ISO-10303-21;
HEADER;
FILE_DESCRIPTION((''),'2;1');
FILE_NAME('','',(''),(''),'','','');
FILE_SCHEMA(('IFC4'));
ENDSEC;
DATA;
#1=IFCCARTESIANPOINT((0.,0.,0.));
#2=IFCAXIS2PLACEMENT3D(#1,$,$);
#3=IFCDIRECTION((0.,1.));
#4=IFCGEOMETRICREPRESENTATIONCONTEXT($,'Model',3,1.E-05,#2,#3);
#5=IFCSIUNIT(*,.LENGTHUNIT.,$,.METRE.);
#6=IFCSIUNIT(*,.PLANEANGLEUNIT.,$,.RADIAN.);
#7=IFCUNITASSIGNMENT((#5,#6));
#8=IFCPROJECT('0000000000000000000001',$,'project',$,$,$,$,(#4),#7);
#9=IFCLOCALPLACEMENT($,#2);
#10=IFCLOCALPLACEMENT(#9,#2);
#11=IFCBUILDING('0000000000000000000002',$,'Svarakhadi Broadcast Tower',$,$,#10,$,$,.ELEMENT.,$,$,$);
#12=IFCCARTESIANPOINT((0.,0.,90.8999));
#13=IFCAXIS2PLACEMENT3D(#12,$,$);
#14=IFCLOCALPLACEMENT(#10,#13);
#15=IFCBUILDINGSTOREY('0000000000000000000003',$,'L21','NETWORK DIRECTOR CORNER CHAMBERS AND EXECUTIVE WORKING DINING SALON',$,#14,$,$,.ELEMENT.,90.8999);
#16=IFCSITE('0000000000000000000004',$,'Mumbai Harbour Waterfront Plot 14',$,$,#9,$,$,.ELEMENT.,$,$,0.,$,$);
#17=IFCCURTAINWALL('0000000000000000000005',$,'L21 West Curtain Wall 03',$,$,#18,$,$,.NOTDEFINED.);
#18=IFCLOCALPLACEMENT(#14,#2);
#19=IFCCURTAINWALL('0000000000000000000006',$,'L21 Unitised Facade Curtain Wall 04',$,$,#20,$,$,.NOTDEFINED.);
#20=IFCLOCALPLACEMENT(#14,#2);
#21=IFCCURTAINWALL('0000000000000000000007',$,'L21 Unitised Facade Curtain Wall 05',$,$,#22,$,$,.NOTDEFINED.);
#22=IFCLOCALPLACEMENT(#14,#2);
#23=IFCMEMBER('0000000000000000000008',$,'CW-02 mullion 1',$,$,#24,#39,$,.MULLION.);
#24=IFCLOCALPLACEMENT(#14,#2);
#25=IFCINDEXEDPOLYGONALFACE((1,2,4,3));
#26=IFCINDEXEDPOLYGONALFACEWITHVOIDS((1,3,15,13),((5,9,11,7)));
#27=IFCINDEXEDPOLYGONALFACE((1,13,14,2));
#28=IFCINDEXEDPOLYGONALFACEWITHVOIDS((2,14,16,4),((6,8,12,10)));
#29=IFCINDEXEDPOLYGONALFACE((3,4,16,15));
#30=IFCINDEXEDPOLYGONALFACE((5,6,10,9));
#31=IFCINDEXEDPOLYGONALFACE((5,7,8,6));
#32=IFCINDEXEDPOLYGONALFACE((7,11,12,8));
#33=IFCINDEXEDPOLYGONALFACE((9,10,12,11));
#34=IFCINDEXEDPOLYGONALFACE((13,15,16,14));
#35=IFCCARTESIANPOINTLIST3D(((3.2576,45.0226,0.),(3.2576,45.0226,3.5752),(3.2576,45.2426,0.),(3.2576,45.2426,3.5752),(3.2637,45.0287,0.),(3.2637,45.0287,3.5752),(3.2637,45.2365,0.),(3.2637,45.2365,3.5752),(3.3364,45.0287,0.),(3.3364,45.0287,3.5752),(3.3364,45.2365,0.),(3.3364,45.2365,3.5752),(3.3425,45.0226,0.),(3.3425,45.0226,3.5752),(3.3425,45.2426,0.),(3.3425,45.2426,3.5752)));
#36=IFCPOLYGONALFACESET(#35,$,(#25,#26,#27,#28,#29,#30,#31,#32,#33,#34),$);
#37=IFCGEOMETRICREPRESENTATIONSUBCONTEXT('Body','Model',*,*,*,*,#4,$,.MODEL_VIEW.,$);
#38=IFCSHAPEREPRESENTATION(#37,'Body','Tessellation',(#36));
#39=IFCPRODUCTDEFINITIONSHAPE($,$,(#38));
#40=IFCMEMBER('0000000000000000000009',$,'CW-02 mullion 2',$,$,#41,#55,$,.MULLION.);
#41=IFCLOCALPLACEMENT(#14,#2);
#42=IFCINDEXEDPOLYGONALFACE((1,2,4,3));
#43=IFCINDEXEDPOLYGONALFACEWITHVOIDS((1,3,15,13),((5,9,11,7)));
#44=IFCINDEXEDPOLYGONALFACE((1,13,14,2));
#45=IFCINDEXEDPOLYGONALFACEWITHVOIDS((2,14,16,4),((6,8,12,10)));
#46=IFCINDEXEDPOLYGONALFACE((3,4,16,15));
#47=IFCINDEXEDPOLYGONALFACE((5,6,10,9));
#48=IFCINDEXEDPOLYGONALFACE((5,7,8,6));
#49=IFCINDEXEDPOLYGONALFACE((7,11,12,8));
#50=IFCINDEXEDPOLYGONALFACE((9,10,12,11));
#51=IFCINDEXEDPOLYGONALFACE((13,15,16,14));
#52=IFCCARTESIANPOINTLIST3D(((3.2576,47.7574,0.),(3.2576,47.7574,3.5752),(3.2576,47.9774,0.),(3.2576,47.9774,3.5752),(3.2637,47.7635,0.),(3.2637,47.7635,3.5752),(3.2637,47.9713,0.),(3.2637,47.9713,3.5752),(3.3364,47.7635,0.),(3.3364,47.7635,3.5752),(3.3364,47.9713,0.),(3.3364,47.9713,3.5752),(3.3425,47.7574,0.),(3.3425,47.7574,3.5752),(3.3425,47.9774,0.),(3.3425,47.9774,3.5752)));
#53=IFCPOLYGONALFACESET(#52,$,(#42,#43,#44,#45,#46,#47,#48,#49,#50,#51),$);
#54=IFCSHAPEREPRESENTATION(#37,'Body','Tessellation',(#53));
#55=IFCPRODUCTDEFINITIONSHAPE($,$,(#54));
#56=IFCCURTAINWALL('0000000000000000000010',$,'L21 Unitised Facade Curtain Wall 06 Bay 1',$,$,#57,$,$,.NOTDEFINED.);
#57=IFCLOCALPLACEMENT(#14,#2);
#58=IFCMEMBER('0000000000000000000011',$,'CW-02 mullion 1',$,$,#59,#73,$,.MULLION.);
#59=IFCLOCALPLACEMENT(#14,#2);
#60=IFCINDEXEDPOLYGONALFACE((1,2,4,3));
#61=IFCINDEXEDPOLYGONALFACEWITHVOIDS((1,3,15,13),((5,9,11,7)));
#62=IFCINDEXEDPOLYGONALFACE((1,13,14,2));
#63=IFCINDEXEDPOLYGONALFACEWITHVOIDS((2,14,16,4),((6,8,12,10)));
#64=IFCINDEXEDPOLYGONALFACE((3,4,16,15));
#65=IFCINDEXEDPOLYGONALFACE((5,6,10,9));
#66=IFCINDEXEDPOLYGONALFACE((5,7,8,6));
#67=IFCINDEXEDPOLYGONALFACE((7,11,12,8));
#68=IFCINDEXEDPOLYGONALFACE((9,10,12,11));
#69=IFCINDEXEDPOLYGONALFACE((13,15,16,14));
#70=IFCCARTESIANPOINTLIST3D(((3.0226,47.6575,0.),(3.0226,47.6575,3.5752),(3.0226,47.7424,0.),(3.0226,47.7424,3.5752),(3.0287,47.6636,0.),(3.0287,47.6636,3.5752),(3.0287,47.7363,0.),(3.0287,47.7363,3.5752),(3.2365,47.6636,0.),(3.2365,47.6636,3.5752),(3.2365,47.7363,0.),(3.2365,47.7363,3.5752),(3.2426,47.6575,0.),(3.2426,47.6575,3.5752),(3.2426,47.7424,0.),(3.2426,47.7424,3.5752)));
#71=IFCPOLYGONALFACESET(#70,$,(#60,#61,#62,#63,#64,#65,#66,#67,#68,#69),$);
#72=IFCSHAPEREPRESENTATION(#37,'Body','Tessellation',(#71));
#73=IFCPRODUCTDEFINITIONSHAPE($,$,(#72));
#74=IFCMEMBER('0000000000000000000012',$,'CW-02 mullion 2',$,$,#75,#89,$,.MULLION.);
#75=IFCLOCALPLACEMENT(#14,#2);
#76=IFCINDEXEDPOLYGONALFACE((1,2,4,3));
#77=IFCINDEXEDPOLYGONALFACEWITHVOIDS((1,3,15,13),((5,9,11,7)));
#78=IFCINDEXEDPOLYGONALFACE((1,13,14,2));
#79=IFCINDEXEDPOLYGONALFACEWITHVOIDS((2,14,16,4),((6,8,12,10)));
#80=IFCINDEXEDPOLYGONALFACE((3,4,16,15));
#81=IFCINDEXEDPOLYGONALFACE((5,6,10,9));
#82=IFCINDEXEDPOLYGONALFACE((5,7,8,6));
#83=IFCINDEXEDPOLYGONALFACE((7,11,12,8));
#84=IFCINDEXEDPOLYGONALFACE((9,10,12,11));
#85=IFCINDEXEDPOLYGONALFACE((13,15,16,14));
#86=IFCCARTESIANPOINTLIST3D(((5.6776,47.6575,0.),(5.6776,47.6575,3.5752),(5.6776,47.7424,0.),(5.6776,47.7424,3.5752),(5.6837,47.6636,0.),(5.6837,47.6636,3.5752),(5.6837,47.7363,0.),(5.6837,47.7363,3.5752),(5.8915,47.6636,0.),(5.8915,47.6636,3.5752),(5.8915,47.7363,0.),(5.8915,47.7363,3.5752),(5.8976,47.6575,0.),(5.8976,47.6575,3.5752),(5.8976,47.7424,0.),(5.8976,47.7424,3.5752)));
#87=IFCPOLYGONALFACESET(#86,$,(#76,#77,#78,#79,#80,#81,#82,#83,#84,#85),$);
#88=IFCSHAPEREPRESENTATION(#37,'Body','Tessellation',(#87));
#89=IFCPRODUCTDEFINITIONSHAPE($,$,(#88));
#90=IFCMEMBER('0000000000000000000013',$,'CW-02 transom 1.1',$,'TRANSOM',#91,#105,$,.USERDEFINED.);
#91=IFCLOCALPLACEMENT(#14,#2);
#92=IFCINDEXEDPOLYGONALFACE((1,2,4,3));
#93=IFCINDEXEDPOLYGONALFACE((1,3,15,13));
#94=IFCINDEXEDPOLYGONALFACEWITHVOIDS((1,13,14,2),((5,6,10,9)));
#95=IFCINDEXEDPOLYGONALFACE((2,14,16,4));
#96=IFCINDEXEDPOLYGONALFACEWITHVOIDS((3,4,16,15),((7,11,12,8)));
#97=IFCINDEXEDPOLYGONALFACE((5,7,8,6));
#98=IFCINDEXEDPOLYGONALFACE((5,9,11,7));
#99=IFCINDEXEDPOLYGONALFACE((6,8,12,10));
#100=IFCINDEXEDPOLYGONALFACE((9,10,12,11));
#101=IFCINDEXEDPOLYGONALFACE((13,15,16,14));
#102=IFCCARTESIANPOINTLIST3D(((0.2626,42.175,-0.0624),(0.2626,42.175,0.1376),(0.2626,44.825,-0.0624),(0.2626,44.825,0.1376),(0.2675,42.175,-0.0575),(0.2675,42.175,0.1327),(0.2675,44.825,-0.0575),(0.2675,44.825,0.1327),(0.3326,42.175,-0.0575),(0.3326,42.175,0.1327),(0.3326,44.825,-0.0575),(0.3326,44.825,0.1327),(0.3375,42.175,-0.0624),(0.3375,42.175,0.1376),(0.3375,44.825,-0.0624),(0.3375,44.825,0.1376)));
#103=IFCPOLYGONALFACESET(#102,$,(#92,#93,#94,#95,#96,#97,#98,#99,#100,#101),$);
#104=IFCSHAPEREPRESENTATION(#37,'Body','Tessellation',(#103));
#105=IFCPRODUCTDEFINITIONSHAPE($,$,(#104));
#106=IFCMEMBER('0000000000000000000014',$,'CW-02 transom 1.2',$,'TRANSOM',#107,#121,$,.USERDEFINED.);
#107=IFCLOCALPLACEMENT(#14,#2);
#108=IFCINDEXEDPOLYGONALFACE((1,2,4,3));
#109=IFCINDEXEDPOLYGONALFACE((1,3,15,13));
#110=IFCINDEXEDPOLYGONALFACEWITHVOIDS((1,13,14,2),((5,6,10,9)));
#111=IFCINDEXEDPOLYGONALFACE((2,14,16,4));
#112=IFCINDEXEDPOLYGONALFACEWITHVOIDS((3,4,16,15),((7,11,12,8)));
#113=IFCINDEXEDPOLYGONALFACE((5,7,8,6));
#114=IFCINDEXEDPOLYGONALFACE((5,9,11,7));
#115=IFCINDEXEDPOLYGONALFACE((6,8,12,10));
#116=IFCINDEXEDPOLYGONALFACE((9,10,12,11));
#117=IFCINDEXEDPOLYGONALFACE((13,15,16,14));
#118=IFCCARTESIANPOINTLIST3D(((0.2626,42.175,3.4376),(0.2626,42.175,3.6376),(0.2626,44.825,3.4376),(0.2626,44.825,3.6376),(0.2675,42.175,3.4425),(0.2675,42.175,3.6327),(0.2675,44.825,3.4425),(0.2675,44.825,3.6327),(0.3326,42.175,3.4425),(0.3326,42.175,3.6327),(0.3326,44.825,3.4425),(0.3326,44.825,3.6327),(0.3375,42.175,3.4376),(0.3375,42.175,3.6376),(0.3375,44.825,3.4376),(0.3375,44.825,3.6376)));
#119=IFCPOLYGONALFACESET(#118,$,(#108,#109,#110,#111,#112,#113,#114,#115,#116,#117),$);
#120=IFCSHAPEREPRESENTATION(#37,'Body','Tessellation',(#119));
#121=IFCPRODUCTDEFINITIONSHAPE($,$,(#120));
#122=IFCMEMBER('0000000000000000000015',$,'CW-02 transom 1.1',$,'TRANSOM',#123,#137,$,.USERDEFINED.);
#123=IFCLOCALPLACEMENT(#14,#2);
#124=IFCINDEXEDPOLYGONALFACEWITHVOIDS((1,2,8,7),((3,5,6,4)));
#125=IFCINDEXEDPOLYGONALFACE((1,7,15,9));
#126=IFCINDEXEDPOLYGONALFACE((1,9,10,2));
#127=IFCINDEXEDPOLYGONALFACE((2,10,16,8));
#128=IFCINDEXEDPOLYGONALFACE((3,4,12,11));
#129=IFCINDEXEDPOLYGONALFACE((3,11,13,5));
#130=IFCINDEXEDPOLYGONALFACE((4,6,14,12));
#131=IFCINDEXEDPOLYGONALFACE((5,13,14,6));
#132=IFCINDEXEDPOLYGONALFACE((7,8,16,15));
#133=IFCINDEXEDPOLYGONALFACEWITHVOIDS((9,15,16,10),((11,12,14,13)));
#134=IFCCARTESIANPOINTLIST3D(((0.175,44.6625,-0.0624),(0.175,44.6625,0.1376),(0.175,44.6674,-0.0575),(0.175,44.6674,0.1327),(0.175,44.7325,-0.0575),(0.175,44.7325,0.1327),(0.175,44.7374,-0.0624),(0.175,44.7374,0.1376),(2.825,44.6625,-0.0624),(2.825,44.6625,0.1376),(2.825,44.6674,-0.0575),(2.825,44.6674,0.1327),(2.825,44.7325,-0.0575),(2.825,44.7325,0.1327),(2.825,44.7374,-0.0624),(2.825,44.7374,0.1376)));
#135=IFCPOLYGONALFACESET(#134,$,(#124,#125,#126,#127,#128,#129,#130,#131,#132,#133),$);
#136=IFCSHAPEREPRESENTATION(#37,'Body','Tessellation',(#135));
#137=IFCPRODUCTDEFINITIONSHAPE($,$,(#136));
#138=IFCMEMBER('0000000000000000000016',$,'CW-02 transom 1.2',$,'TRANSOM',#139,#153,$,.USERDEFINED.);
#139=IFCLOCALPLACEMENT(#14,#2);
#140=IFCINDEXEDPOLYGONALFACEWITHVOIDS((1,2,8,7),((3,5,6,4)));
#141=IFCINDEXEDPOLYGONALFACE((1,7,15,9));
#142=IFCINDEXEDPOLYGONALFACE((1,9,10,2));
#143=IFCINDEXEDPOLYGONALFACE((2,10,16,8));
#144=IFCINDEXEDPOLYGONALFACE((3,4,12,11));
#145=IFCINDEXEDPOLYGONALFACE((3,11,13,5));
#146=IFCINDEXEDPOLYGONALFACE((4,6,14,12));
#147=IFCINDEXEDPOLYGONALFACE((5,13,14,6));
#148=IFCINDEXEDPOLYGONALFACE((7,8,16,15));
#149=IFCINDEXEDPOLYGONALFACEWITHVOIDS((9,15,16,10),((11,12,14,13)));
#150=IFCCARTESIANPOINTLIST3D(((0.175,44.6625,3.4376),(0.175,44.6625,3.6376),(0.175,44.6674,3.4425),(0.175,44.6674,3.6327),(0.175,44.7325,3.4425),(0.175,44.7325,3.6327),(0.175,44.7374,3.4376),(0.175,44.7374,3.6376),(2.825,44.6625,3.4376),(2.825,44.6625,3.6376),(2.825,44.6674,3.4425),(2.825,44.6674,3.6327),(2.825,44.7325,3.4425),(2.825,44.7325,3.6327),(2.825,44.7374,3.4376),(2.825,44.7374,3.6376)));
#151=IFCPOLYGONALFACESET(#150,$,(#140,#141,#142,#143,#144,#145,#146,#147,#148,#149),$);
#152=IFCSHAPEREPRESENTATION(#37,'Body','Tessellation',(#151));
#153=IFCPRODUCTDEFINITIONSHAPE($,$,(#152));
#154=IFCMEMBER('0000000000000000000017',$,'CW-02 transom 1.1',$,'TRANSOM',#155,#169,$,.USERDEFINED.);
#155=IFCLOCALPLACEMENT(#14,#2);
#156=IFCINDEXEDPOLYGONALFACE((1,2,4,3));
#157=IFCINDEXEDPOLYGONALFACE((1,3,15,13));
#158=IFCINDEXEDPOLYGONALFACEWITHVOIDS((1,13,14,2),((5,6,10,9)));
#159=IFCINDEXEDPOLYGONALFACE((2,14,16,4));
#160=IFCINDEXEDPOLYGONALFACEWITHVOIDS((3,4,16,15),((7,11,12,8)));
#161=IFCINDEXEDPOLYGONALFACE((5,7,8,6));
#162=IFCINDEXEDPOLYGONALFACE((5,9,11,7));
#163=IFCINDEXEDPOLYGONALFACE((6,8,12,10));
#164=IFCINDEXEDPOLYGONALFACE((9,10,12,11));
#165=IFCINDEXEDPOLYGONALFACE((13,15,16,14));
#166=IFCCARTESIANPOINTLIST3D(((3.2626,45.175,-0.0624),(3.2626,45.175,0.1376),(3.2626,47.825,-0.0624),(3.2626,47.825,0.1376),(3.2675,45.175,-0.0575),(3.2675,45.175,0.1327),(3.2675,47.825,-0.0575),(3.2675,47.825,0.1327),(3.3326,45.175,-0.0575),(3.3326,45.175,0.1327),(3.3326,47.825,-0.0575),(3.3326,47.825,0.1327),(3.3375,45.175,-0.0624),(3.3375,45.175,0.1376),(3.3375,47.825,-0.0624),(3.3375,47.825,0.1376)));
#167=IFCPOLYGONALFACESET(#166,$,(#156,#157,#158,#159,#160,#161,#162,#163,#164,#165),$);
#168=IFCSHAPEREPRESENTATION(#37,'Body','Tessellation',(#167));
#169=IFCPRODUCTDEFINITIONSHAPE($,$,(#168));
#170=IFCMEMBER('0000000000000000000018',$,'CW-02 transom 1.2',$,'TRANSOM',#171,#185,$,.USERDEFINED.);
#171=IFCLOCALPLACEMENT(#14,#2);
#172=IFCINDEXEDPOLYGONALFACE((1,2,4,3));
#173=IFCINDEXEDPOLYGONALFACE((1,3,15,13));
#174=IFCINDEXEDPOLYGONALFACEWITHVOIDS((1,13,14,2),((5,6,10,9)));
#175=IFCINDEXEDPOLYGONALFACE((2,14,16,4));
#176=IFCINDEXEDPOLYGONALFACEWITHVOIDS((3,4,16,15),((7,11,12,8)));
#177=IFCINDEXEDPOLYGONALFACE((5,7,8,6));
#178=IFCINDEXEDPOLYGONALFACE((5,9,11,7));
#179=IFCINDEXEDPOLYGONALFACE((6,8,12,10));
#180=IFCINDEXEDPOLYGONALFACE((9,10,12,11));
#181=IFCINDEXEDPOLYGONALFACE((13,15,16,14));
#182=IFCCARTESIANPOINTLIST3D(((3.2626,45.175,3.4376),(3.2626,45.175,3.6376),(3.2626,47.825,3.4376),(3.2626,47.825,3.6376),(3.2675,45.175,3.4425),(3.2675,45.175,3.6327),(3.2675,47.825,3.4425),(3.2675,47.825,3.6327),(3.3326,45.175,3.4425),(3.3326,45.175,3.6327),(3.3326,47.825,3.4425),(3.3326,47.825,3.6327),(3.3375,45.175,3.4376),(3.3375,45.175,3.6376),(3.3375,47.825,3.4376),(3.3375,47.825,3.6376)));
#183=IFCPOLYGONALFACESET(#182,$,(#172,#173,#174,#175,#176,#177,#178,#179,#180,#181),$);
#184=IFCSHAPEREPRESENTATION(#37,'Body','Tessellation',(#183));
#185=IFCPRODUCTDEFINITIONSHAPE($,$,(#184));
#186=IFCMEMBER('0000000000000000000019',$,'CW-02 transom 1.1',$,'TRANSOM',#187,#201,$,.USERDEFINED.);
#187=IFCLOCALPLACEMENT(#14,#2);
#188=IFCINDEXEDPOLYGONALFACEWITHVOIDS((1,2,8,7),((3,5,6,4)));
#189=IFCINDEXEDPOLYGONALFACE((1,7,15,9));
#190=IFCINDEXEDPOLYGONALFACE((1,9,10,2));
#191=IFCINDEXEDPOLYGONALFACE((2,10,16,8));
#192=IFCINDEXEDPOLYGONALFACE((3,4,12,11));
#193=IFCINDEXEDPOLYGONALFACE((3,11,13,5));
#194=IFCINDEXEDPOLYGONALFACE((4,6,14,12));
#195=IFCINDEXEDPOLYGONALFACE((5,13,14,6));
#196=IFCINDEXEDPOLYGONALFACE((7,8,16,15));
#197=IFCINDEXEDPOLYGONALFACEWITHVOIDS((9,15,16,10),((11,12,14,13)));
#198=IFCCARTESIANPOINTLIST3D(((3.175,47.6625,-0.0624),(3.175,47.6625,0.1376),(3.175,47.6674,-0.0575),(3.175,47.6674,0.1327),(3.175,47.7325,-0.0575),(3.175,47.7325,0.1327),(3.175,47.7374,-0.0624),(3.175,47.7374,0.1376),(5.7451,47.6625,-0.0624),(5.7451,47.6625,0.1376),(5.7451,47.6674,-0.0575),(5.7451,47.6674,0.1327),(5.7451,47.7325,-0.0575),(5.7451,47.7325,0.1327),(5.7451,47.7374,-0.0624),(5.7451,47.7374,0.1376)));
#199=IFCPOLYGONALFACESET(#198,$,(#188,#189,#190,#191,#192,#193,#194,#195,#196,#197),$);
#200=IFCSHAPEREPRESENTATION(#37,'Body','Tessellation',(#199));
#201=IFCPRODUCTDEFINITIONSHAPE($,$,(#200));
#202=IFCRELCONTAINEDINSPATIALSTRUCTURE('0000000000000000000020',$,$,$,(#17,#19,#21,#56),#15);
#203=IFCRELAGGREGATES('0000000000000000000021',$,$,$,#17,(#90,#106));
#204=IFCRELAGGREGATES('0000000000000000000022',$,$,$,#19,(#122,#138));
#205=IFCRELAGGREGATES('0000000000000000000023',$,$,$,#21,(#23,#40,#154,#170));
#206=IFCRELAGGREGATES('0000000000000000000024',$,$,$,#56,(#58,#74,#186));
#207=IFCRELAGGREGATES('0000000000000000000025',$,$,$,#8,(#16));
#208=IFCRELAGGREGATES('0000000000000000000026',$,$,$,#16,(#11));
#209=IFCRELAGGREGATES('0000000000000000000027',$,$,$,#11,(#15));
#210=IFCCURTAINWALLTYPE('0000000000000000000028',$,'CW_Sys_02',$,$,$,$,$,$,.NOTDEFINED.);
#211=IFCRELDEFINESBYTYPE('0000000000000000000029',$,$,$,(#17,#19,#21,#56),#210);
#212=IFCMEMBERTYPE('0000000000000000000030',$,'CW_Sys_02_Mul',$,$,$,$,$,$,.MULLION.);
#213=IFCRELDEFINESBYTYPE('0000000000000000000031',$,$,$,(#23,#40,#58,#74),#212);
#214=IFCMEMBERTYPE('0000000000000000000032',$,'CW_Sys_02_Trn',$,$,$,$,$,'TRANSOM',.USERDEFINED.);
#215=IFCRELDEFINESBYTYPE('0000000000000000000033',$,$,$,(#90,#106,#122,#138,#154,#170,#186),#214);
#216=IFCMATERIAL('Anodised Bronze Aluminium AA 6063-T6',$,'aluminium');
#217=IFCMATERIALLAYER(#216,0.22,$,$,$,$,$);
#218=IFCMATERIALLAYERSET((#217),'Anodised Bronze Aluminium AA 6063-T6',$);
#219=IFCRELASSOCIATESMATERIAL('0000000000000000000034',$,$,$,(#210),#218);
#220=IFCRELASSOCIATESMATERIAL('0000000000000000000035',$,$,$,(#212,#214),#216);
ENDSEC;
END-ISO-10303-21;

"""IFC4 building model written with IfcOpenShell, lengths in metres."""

from ifc_helpers import new_model, si_unit, direction, frame, origin, origin_2d, place, context, subcontext, project, spatial, hollow_rectangle, extrude, material, layer, layer_set, material_profile, profile_set, type_object, element, aggregate, save


model = new_model("IFC4")

# Units and contexts
model_context = context("Model", 3, precision=1e-05, world=origin(), true_north=direction((0.0, 1.0)))
body_context = subcontext(model_context, "Body", "Model", "MODEL_VIEW")
ifc_project = project(units=[si_unit("LENGTHUNIT", "METRE"), si_unit("PLANEANGLEUNIT", "RADIAN")], contexts=[model_context])

# Site, building, storey
site_placement = place(None, origin())
site = spatial("IfcSite", under=ifc_project, at=site_placement, Name="Mumbai Harbour Waterfront Plot 14", CompositionType="ELEMENT", RefElevation=0.0)
building_placement = place(site_placement, origin())
building = spatial("IfcBuilding", under=site, at=building_placement, Name="Svarakhadi Broadcast Tower", CompositionType="ELEMENT")
storey_placement = place(building_placement, frame((0.0, 0.0, 90.8999)))
storey = spatial("IfcBuildingStorey", under=building, at=storey_placement, Name="L21", Description="NETWORK DIRECTOR CORNER CHAMBERS AND EXECUTIVE WORKING DINING SALON", CompositionType="ELEMENT", Elevation=90.8999)

# Curtain walls, members
ifc_material_1 = material(Name="Anodised Bronze Aluminium AA 6063-T6", Category="aluminium")
ifc_layer_1 = layer(ifc_material_1, 0.22)
ifc_layer_set_1 = layer_set([ifc_layer_1], Name="Anodised Bronze Aluminium AA 6063-T6")
curtain_wall_type = type_object("IfcCurtainWallType", Name="CW_Sys_02", PredefinedType="NOTDEFINED", material=ifc_layer_set_1)
curtain_wall_1_placement = place(storey_placement, origin())
curtain_wall_1 = element("IfcCurtainWall", 1, at=curtain_wall_1_placement, inside=storey, type_object=curtain_wall_type, Name="L21 West Curtain Wall 03", PredefinedType="NOTDEFINED")
ifc_material_profile_1 = material_profile(ifc_material_1, hollow_rectangle(XDim=0.085, YDim=0.22, WallThickness=0.0061, at=origin_2d()), Name="ALU MULLION 220x85x6")
ifc_profile_set_1 = profile_set([ifc_material_profile_1], Name="Anodised Bronze Aluminium AA 6063-T6")
member_type_1 = type_object("IfcMemberType", Name="CW_Sys_02_Mul", PredefinedType="MULLION", material=ifc_profile_set_1)
curtain_wall_2_placement = place(storey_placement, origin())
curtain_wall_2 = element("IfcCurtainWall", 2, at=curtain_wall_2_placement, inside=storey, type_object=curtain_wall_type, Name="L21 Unitised Facade Curtain Wall 04", PredefinedType="NOTDEFINED")
curtain_wall_3_placement = place(storey_placement, origin())
curtain_wall_3 = element("IfcCurtainWall", 3, at=curtain_wall_3_placement, inside=storey, type_object=curtain_wall_type, Name="L21 Unitised Facade Curtain Wall 05", PredefinedType="NOTDEFINED")
member_1_placement = place(storey_placement, frame((3.3, 45.1326, 0.0), z_axis=(0.0, 0.0, 1.0), x_axis=(-1.0, 0.0, 0.0)))
member_1 = element("IfcMember", 4, at=member_1_placement, type_object=member_type_1, Name="CW-02 mullion 1", PredefinedType="MULLION", context=body_context, shape_type="SweptSolid", body=[
    extrude(hollow_rectangle(XDim=0.085, YDim=0.22, WallThickness=0.0061, at=origin_2d()), origin(), (0.0, 0.0, 1.0), 3.5752),
])
member_2_placement = place(storey_placement, frame((3.3, 47.8674, 0.0), z_axis=(0.0, 0.0, 1.0), x_axis=(-1.0, 0.0, 0.0)))
member_2 = element("IfcMember", 5, at=member_2_placement, type_object=member_type_1, Name="CW-02 mullion 2", PredefinedType="MULLION", context=body_context, shape_type="SweptSolid", body=[
    extrude(hollow_rectangle(XDim=0.085, YDim=0.22, WallThickness=0.0061, at=origin_2d()), origin(), (0.0, 0.0, 1.0), 3.5752),
])
curtain_wall_4_placement = place(storey_placement, origin())
curtain_wall_4 = element("IfcCurtainWall", 6, at=curtain_wall_4_placement, inside=storey, type_object=curtain_wall_type, Name="L21 Unitised Facade Curtain Wall 06 Bay 1", PredefinedType="NOTDEFINED")
member_3_placement = place(storey_placement, frame((3.1326, 47.7, 0.0), z_axis=(0.0, 0.0, 1.0), x_axis=(0.0, 1.0, 0.0)))
member_3 = element("IfcMember", 7, at=member_3_placement, type_object=member_type_1, Name="CW-02 mullion 1", PredefinedType="MULLION", context=body_context, shape_type="SweptSolid", body=[
    extrude(hollow_rectangle(XDim=0.085, YDim=0.22, WallThickness=0.0061, at=origin_2d()), origin(), (0.0, 0.0, 1.0), 3.5752),
])
member_4_placement = place(storey_placement, frame((5.7876, 47.7, 0.0), z_axis=(0.0, 0.0, 1.0), x_axis=(0.0, 1.0, 0.0)))
member_4 = element("IfcMember", 8, at=member_4_placement, type_object=member_type_1, Name="CW-02 mullion 2", PredefinedType="MULLION", context=body_context, shape_type="SweptSolid", body=[
    extrude(hollow_rectangle(XDim=0.085, YDim=0.22, WallThickness=0.0061, at=origin_2d()), origin(), (0.0, 0.0, 1.0), 3.5752),
])

# Members
ifc_material_profile_2 = material_profile(ifc_material_1, hollow_rectangle(XDim=0.075, YDim=0.2, WallThickness=0.0049, at=origin_2d()), Name="ALU TRANSOM 200x75x5")
ifc_profile_set_2 = profile_set([ifc_material_profile_2], Name="Anodised Bronze Aluminium AA 6063-T6")
member_type_2 = type_object("IfcMemberType", Name="CW_Sys_02_Trn", ElementType="TRANSOM", PredefinedType="USERDEFINED", material=ifc_profile_set_2)
member_5_placement = place(storey_placement, frame((0.3, 42.175, 0.0376), z_axis=(0.0, 1.0, 0.0), x_axis=(-1.0, 0.0, 0.0)))
member_5 = element("IfcMember", 9, at=member_5_placement, type_object=member_type_2, Name="CW-02 transom 1.1", ObjectType="TRANSOM", PredefinedType="USERDEFINED", context=body_context, shape_type="SweptSolid", body=[
    extrude(hollow_rectangle(XDim=0.075, YDim=0.2, WallThickness=0.0049, at=origin_2d()), origin(), (0.0, 0.0, 1.0), 2.6499),
])
member_6_placement = place(storey_placement, frame((0.3, 42.175, 3.5376), z_axis=(0.0, 1.0, 0.0), x_axis=(-1.0, 0.0, 0.0)))
member_6 = element("IfcMember", 10, at=member_6_placement, type_object=member_type_2, Name="CW-02 transom 1.2", ObjectType="TRANSOM", PredefinedType="USERDEFINED", context=body_context, shape_type="SweptSolid", body=[
    extrude(hollow_rectangle(XDim=0.075, YDim=0.2, WallThickness=0.0049, at=origin_2d()), origin(), (0.0, 0.0, 1.0), 2.6499),
])
member_7_placement = place(storey_placement, frame((0.175, 44.7, 0.0376), z_axis=(1.0, 0.0, 0.0), x_axis=(0.0, 1.0, 0.0)))
member_7 = element("IfcMember", 11, at=member_7_placement, type_object=member_type_2, Name="CW-02 transom 1.1", ObjectType="TRANSOM", PredefinedType="USERDEFINED", context=body_context, shape_type="SweptSolid", body=[
    extrude(hollow_rectangle(XDim=0.075, YDim=0.2, WallThickness=0.0049, at=origin_2d()), origin(), (0.0, 0.0, 1.0), 2.6499),
])
member_8_placement = place(storey_placement, frame((0.175, 44.7, 3.5376), z_axis=(1.0, 0.0, 0.0), x_axis=(0.0, 1.0, 0.0)))
member_8 = element("IfcMember", 12, at=member_8_placement, type_object=member_type_2, Name="CW-02 transom 1.2", ObjectType="TRANSOM", PredefinedType="USERDEFINED", context=body_context, shape_type="SweptSolid", body=[
    extrude(hollow_rectangle(XDim=0.075, YDim=0.2, WallThickness=0.0049, at=origin_2d()), origin(), (0.0, 0.0, 1.0), 2.6499),
])
member_9_placement = place(storey_placement, frame((3.3, 45.175, 0.0376), z_axis=(0.0, 1.0, 0.0), x_axis=(-1.0, 0.0, 0.0)))
member_9 = element("IfcMember", 13, at=member_9_placement, type_object=member_type_2, Name="CW-02 transom 1.1", ObjectType="TRANSOM", PredefinedType="USERDEFINED", context=body_context, shape_type="SweptSolid", body=[
    extrude(hollow_rectangle(XDim=0.075, YDim=0.2, WallThickness=0.0049, at=origin_2d()), origin(), (0.0, 0.0, 1.0), 2.6499),
])
member_10_placement = place(storey_placement, frame((3.3, 45.175, 3.5376), z_axis=(0.0, 1.0, 0.0), x_axis=(-1.0, 0.0, 0.0)))
member_10 = element("IfcMember", 14, at=member_10_placement, type_object=member_type_2, Name="CW-02 transom 1.2", ObjectType="TRANSOM", PredefinedType="USERDEFINED", context=body_context, shape_type="SweptSolid", body=[
    extrude(hollow_rectangle(XDim=0.075, YDim=0.2, WallThickness=0.0049, at=origin_2d()), origin(), (0.0, 0.0, 1.0), 2.6499),
])
member_11_placement = place(storey_placement, frame((3.175, 47.7, 0.0376), z_axis=(1.0, 0.0, 0.0), x_axis=(0.0, 1.0, 0.0)))
member_11 = element("IfcMember", 15, at=member_11_placement, type_object=member_type_2, Name="CW-02 transom 1.1", ObjectType="TRANSOM", PredefinedType="USERDEFINED", context=body_context, shape_type="SweptSolid", body=[
    extrude(hollow_rectangle(XDim=0.075, YDim=0.2, WallThickness=0.0049, at=origin_2d()), origin(), (0.0, 0.0, 1.0), 2.5701),
])

aggregate(curtain_wall_1, [member_5, member_6])
aggregate(curtain_wall_2, [member_7, member_8])
aggregate(curtain_wall_3, [member_1, member_2, member_9, member_10])
aggregate(curtain_wall_4, [member_3, member_4, member_11])

save(model, "model.ifc")
